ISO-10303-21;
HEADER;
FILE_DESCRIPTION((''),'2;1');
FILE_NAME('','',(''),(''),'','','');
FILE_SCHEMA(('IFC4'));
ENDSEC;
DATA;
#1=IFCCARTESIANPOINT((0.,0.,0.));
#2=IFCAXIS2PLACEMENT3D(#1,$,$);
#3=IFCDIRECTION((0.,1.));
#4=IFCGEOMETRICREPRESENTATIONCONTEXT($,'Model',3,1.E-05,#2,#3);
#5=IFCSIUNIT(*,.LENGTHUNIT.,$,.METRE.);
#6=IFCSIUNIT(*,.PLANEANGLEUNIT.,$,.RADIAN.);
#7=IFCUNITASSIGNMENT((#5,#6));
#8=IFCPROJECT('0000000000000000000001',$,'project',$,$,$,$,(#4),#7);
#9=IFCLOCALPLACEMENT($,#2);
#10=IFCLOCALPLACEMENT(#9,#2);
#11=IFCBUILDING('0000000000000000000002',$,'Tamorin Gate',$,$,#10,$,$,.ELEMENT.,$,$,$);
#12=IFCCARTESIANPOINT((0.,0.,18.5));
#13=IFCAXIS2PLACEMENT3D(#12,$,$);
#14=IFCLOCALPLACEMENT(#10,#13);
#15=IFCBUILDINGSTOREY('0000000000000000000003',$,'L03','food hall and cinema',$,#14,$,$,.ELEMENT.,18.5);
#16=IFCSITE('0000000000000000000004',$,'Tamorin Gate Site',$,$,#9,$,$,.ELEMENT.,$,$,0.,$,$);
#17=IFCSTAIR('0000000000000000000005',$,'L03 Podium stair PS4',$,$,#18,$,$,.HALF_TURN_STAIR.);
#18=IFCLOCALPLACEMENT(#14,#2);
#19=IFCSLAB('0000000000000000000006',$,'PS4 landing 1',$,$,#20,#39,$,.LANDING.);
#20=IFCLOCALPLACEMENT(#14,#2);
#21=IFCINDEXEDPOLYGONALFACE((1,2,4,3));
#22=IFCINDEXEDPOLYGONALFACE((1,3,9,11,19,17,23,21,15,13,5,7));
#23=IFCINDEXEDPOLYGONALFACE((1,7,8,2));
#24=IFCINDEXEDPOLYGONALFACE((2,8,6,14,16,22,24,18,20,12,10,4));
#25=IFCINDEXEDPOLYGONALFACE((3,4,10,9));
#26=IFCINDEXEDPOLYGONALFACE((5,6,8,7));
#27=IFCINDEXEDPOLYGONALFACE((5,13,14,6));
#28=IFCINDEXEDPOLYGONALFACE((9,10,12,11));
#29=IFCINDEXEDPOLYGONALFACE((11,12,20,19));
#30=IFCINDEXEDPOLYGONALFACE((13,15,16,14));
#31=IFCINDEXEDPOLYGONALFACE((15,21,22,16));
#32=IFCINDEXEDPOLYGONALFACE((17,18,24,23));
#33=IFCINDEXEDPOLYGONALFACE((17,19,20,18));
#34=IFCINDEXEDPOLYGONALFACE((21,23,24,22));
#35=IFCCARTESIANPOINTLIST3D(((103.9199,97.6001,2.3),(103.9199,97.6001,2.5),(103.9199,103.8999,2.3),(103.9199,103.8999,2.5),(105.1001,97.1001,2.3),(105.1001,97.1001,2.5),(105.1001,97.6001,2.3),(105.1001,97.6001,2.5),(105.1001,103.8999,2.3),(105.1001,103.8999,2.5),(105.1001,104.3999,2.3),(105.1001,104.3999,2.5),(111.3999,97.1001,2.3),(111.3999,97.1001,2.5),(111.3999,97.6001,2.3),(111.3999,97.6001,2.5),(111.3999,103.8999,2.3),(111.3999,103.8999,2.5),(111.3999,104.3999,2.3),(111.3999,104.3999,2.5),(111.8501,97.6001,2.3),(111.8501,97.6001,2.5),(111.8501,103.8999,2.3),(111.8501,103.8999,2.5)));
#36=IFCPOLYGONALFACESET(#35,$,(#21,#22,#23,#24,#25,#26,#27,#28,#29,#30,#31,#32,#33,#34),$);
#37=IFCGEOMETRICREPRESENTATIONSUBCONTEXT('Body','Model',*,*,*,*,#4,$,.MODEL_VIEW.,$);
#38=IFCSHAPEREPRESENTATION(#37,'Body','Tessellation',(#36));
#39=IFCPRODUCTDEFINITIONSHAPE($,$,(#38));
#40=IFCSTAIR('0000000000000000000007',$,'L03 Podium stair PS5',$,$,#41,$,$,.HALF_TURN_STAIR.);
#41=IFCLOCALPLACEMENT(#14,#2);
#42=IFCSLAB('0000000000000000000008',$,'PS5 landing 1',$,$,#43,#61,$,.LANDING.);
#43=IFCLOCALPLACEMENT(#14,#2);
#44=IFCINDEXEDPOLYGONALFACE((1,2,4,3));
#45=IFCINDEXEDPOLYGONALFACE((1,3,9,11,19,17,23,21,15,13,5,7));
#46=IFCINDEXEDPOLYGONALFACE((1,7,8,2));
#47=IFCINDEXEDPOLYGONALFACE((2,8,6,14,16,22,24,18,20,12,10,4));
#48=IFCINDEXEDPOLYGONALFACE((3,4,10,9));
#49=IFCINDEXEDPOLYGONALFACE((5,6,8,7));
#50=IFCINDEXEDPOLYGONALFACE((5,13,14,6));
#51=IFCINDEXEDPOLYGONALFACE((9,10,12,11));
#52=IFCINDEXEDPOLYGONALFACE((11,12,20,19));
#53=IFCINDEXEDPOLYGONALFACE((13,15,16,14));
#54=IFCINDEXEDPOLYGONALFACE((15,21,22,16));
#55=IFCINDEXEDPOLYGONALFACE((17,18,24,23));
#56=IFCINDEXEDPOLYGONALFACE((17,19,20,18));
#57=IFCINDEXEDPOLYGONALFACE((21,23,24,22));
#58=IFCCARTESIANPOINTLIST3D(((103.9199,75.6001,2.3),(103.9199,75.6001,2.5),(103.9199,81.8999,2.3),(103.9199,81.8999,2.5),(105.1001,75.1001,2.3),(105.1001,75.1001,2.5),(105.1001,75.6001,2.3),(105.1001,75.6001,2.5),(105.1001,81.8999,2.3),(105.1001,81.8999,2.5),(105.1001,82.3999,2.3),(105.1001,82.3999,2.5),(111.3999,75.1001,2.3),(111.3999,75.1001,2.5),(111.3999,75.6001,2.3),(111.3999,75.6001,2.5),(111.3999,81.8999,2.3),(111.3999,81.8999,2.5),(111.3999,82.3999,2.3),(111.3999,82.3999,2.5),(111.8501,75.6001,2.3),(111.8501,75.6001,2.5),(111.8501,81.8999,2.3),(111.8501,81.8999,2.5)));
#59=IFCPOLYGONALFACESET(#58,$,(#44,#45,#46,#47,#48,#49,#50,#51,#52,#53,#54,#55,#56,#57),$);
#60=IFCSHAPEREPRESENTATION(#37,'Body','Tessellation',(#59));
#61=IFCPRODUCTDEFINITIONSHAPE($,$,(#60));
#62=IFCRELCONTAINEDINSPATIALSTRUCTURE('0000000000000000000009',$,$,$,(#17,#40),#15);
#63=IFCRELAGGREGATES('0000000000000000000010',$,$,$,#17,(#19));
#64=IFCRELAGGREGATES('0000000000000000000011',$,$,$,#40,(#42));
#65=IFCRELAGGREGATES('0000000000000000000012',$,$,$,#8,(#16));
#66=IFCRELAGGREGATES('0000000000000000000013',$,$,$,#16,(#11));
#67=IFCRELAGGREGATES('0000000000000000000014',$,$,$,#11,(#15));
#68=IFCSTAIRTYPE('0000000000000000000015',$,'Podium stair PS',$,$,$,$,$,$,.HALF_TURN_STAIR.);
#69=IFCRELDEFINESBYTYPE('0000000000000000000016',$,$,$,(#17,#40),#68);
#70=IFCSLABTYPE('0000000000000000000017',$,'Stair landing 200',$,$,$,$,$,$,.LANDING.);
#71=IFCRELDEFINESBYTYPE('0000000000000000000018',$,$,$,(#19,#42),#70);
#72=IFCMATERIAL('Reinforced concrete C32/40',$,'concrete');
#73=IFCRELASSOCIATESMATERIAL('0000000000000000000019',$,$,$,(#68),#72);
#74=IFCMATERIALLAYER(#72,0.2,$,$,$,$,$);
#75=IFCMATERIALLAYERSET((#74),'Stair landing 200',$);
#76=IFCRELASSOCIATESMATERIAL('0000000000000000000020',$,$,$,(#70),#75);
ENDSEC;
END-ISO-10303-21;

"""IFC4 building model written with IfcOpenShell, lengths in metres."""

from ifc_helpers import new_model, si_unit, direction, frame, origin, place, context, subcontext, project, spatial, polyline, outline, extrude, material, layer, layer_set, type_object, element, aggregate, save


model = new_model("IFC4")

# Units and contexts
model_context = context("Model", 3, precision=1e-05, world=origin(), true_north=direction((0.0, 1.0)))
body_context = subcontext(model_context, "Body", "Model", "MODEL_VIEW")
ifc_project = project(units=[si_unit("LENGTHUNIT", "METRE"), si_unit("PLANEANGLEUNIT", "RADIAN")], contexts=[model_context])

# Site, building, storey
site_placement = place(None, origin())
site = spatial("IfcSite", under=ifc_project, at=site_placement, Name="Tamorin Gate Site", CompositionType="ELEMENT", RefElevation=0.0)
building_placement = place(site_placement, origin())
building = spatial("IfcBuilding", under=site, at=building_placement, Name="Tamorin Gate", CompositionType="ELEMENT")
storey_placement = place(building_placement, frame((0.0, 0.0, 18.5)))
storey = spatial("IfcBuildingStorey", under=building, at=storey_placement, Name="L03", Description="food hall and cinema", CompositionType="ELEMENT", Elevation=18.5)

# Stairs, slabs
ifc_material_1 = material(Name="Reinforced concrete C32/40", Category="concrete")
stair_type_1 = type_object("IfcStairType", Name="Podium stair PS", PredefinedType="HALF_TURN_STAIR", material=ifc_material_1)
ifc_layer_1 = layer(ifc_material_1, 0.2)
ifc_layer_set_1 = layer_set([ifc_layer_1], Name="Stair landing 200")
slab_type_1 = type_object("IfcSlabType", Name="Stair landing 200", PredefinedType="LANDING", material=ifc_layer_set_1)
stair_1_placement = place(storey_placement, origin())
stair_1 = element("IfcStair", 1, at=stair_1_placement, inside=storey, type_object=stair_type_1, Name="L03 Podium stair PS4", PredefinedType="HALF_TURN_STAIR")
slab_1_placement = place(storey_placement, frame((0.0, 0.0, 2.3)))
slab_1 = element("IfcSlab", 2, at=slab_1_placement, type_object=slab_type_1, Name="PS4 landing 1", PredefinedType="LANDING", context=body_context, shape_type="SweptSolid", body=[
    extrude(outline(polyline([(111.3999, 97.6001), (111.3999, 97.1001), (105.1001, 97.1001), (105.1001, 97.6001), (103.9199, 97.6001), (103.9199, 103.8999), (105.1001, 103.8999), (105.1001, 104.3999), (111.3999, 104.3999), (111.3999, 103.8999), (111.8501, 103.8999), (111.8501, 97.6001), (111.3999, 97.6001)])), origin(), (0.0, 0.0, 1.0), 0.2),
])
aggregate(stair_1, [slab_1])
stair_2_placement = place(storey_placement, origin())
stair_2 = element("IfcStair", 3, at=stair_2_placement, inside=storey, type_object=stair_type_1, Name="L03 Podium stair PS5", PredefinedType="HALF_TURN_STAIR")
slab_2_placement = place(storey_placement, frame((0.0, 0.0, 2.3)))
slab_2 = element("IfcSlab", 4, at=slab_2_placement, type_object=slab_type_1, Name="PS5 landing 1", PredefinedType="LANDING", context=body_context, shape_type="SweptSolid", body=[
    extrude(outline(polyline([(111.3999, 75.6001), (111.3999, 75.1001), (105.1001, 75.1001), (105.1001, 75.6001), (103.9199, 75.6001), (103.9199, 81.8999), (105.1001, 81.8999), (105.1001, 82.3999), (111.3999, 82.3999), (111.3999, 81.8999), (111.8501, 81.8999), (111.8501, 75.6001), (111.3999, 75.6001)])), origin(), (0.0, 0.0, 1.0), 0.2),
])
aggregate(stair_2, [slab_2])

save(model, "model.ifc")
